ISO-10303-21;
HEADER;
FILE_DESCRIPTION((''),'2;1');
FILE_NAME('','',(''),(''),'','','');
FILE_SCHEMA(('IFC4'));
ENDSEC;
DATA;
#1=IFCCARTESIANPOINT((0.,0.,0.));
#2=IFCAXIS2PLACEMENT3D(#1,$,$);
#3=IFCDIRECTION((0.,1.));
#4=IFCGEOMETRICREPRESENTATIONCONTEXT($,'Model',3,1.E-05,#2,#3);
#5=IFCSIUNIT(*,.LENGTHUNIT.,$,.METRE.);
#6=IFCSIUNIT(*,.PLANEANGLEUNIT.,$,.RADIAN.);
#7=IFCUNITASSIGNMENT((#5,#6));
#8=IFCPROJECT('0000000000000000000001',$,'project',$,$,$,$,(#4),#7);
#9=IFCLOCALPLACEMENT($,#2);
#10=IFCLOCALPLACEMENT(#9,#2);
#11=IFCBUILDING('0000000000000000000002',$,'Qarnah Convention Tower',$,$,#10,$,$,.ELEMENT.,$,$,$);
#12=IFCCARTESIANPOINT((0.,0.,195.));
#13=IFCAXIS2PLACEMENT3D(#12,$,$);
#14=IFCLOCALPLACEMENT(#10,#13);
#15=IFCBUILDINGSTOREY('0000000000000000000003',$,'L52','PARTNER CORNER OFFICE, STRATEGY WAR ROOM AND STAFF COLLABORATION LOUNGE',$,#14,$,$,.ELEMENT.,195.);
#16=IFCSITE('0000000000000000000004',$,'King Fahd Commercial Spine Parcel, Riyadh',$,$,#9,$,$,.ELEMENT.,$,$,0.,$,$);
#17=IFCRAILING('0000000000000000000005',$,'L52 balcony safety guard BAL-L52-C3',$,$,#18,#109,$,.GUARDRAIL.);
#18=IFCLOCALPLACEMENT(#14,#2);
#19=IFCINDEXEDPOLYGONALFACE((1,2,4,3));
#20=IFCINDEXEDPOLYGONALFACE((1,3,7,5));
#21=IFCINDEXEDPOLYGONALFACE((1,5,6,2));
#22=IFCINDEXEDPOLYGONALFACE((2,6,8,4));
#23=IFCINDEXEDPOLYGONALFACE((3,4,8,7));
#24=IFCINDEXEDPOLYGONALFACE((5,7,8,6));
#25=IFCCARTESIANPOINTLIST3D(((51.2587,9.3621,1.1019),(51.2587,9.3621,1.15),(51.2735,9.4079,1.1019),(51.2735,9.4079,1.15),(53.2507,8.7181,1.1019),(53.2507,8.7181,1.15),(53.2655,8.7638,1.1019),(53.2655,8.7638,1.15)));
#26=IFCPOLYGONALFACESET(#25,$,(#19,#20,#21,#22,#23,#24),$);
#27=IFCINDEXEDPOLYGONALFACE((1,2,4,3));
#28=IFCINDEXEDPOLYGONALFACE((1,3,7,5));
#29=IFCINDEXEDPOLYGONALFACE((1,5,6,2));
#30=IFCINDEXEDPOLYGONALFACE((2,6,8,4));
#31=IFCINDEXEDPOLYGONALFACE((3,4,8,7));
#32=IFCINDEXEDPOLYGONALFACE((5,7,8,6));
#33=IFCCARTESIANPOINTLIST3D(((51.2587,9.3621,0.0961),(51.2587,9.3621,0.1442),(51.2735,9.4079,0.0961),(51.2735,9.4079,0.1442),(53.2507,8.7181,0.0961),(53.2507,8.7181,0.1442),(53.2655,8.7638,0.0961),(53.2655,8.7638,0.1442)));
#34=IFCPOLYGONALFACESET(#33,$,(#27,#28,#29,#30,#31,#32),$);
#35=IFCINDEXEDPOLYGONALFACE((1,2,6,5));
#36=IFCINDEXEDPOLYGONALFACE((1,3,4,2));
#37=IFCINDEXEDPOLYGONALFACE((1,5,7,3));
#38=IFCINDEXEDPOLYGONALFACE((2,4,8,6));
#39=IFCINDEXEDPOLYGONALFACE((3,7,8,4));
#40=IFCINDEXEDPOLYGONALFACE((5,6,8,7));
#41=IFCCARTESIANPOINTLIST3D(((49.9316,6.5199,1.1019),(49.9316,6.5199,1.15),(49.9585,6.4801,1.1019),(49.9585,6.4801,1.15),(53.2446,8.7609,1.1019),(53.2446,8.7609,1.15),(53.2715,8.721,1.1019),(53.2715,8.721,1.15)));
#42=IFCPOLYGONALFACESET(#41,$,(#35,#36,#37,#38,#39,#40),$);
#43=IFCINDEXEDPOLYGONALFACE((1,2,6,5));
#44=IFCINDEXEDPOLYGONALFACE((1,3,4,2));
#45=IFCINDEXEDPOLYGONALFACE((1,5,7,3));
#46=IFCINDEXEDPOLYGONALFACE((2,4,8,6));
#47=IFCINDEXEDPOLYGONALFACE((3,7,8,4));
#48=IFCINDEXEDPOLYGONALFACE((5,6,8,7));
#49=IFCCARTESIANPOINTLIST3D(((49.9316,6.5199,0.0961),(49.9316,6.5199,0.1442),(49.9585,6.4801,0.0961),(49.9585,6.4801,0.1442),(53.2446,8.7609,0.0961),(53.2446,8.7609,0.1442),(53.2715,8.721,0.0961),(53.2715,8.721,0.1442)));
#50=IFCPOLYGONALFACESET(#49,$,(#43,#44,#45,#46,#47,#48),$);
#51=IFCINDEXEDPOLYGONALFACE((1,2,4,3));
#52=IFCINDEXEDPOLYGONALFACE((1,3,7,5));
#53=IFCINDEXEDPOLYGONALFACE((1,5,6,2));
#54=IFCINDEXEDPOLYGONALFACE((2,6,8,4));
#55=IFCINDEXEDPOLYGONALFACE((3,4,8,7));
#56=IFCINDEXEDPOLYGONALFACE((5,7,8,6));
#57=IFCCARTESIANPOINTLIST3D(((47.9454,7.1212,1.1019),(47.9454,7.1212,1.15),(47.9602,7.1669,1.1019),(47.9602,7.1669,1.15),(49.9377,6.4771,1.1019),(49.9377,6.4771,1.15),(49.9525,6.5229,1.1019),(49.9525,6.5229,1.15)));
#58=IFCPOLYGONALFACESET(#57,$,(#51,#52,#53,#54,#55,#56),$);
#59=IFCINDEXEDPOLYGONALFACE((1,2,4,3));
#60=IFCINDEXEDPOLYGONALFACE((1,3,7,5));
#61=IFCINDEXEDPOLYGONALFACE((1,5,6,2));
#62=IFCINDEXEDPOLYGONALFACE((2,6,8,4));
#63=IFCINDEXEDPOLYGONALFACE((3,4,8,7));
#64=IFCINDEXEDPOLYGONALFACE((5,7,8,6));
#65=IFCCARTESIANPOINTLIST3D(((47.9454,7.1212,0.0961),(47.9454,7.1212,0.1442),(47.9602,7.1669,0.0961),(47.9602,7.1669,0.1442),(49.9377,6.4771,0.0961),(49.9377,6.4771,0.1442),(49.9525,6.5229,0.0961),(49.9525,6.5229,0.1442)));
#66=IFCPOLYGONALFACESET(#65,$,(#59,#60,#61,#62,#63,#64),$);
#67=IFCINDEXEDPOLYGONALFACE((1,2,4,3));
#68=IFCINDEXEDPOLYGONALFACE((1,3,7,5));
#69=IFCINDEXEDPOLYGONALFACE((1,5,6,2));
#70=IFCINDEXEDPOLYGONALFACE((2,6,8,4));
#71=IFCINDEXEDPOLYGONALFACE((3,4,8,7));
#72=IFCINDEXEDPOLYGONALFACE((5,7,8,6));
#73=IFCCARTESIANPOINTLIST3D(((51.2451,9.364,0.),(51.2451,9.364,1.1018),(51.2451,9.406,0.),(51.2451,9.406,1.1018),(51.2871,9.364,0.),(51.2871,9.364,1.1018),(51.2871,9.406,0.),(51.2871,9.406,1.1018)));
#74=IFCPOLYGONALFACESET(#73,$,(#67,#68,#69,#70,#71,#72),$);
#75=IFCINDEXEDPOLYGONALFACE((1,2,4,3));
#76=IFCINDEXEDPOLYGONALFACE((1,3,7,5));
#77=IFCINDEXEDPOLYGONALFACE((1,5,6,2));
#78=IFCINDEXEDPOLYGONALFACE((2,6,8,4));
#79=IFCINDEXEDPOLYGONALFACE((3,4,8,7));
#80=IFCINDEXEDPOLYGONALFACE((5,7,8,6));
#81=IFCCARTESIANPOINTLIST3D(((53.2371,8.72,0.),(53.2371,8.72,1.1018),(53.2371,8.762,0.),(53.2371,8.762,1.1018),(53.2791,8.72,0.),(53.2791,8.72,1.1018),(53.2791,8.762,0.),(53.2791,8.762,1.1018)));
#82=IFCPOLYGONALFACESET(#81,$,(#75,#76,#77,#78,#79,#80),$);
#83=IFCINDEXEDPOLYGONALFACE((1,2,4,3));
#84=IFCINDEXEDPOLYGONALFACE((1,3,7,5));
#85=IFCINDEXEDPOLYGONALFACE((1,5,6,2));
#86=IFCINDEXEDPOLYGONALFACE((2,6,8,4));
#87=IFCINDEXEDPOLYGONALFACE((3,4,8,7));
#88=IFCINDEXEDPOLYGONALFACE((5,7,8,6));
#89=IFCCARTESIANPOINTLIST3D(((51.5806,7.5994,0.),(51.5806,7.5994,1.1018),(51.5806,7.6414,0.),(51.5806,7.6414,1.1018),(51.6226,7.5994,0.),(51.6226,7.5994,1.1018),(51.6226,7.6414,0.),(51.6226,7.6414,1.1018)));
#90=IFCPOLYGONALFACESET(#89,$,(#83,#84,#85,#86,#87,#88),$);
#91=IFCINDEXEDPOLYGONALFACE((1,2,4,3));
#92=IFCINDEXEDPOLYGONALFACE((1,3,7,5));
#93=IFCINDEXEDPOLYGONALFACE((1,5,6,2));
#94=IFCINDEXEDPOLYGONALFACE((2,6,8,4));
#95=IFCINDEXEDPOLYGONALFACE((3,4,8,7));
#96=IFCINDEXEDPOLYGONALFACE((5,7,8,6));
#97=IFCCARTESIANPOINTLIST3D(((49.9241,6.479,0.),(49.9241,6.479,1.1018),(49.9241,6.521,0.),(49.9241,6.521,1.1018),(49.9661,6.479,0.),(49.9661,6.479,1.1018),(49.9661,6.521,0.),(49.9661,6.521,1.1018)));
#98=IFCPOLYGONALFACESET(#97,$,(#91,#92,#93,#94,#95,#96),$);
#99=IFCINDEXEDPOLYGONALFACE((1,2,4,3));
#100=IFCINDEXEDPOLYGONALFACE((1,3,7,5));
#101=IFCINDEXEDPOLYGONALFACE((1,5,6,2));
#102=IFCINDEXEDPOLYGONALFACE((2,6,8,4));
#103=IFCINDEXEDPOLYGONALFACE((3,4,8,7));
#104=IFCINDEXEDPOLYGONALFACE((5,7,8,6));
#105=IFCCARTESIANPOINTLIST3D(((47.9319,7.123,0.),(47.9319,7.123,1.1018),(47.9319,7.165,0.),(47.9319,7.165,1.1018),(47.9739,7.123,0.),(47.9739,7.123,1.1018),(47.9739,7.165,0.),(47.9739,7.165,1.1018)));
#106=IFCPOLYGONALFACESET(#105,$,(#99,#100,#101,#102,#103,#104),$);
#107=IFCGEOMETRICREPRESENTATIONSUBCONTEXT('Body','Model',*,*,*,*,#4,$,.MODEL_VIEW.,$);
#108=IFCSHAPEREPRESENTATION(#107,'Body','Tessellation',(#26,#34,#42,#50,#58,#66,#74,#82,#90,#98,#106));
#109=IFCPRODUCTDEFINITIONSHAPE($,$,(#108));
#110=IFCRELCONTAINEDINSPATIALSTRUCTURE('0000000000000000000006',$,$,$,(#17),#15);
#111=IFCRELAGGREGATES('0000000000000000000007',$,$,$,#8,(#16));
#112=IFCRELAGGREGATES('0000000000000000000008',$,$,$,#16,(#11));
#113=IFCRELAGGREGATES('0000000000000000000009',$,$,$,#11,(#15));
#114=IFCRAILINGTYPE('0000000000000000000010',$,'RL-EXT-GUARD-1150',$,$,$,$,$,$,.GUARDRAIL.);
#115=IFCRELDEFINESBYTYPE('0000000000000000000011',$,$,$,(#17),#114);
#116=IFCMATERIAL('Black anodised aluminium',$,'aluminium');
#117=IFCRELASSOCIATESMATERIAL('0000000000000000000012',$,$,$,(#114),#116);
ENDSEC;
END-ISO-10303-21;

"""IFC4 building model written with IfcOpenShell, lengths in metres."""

from ifc_helpers import new_model, si_unit, direction, frame, origin, origin_2d, place, context, subcontext, project, spatial, rectangle, extrude, material, type_object, element, save


model = new_model("IFC4")

# Units and contexts
model_context = context("Model", 3, precision=1e-05, world=origin(), true_north=direction((0.0, 1.0)))
body_context = subcontext(model_context, "Body", "Model", "MODEL_VIEW")
ifc_project = project(units=[si_unit("LENGTHUNIT", "METRE"), si_unit("PLANEANGLEUNIT", "RADIAN")], contexts=[model_context])

# Site, building, storey
site_placement = place(None, origin())
site = spatial("IfcSite", under=ifc_project, at=site_placement, Name="King Fahd Commercial Spine Parcel, Riyadh", CompositionType="ELEMENT", RefElevation=0.0)
building_placement = place(site_placement, origin())
building = spatial("IfcBuilding", under=site, at=building_placement, Name="Qarnah Convention Tower", CompositionType="ELEMENT")
storey_placement = place(building_placement, frame((0.0, 0.0, 195.0)))
storey = spatial("IfcBuildingStorey", under=building, at=storey_placement, Name="L52", Description="PARTNER CORNER OFFICE, STRATEGY WAR ROOM AND STAFF COLLABORATION LOUNGE", CompositionType="ELEMENT", Elevation=195.0)

# Shared definitions
ifc_material_1 = material(Name="Black anodised aluminium", Category="aluminium")

# Railing
railing_type = type_object("IfcRailingType", Name="RL-EXT-GUARD-1150", PredefinedType="GUARDRAIL", material=ifc_material_1)
railing_1_placement = place(storey_placement, frame((51.2661, 9.385, 0.0)))
element("IfcRailing", 1, at=railing_1_placement, inside=storey, type_object=railing_type, Name="L52 balcony safety guard BAL-L52-C3", PredefinedType="GUARDRAIL", context=body_context, shape_type="SweptSolid", body=[
    extrude(rectangle(XDim=0.0481, YDim=0.0481, at=origin_2d()), frame((0.0, 0.0, 1.126), z_axis=(0.951502, -0.307643, 0.0), x_axis=(0.307643, 0.951502, 0.0)), (0.0, 0.0, 1.0), 2.0935),
    extrude(rectangle(XDim=0.0481, YDim=0.0481, at=origin_2d()), frame((0.0, 0.0, 0.1201), z_axis=(0.951502, -0.307643, 0.0), x_axis=(0.307643, 0.951502, 0.0)), (0.0, 0.0, 1.0), 2.0935),
    extrude(rectangle(XDim=0.0481, YDim=0.0481, at=origin_2d()), frame((1.9919, -0.644, 1.126), z_axis=(-0.828303, -0.56028, 0.0), x_axis=(0.56028, -0.828303, 0.0)), (0.0, 0.0, 1.0), 3.9998),
    extrude(rectangle(XDim=0.0481, YDim=0.0481, at=origin_2d()), frame((1.9919, -0.644, 0.1201), z_axis=(-0.828303, -0.56028, 0.0), x_axis=(0.56028, -0.828303, 0.0)), (0.0, 0.0, 1.0), 3.9998),
    extrude(rectangle(XDim=0.0481, YDim=0.0481, at=origin_2d()), frame((-1.321, -2.885, 1.126), z_axis=(-0.951513, 0.307609, 0.0), x_axis=(-0.307609, -0.951513, 0.0)), (0.0, 0.0, 1.0), 2.0938),
    extrude(rectangle(XDim=0.0481, YDim=0.0481, at=origin_2d()), frame((-1.321, -2.885, 0.1201), z_axis=(-0.951513, 0.307609, 0.0), x_axis=(-0.307609, -0.951513, 0.0)), (0.0, 0.0, 1.0), 2.0938),
    extrude(rectangle(XDim=0.042, YDim=0.042, at=origin_2d()), origin(), (0.0, 0.0, 1.0), 1.1018),
    extrude(rectangle(XDim=0.042, YDim=0.042, at=origin_2d()), frame((1.9919, -0.644, 0.0)), (0.0, 0.0, 1.0), 1.1018),
    extrude(rectangle(XDim=0.042, YDim=0.042, at=origin_2d()), frame((0.3354, -1.7646, 0.0)), (0.0, 0.0, 1.0), 1.1018),
    extrude(rectangle(XDim=0.042, YDim=0.042, at=origin_2d()), frame((-1.321, -2.885, 0.0)), (0.0, 0.0, 1.0), 1.1018),
    extrude(rectangle(XDim=0.042, YDim=0.042, at=origin_2d()), frame((-3.3132, -2.241, 0.0)), (0.0, 0.0, 1.0), 1.1018),
])

save(model, "model.ifc")
